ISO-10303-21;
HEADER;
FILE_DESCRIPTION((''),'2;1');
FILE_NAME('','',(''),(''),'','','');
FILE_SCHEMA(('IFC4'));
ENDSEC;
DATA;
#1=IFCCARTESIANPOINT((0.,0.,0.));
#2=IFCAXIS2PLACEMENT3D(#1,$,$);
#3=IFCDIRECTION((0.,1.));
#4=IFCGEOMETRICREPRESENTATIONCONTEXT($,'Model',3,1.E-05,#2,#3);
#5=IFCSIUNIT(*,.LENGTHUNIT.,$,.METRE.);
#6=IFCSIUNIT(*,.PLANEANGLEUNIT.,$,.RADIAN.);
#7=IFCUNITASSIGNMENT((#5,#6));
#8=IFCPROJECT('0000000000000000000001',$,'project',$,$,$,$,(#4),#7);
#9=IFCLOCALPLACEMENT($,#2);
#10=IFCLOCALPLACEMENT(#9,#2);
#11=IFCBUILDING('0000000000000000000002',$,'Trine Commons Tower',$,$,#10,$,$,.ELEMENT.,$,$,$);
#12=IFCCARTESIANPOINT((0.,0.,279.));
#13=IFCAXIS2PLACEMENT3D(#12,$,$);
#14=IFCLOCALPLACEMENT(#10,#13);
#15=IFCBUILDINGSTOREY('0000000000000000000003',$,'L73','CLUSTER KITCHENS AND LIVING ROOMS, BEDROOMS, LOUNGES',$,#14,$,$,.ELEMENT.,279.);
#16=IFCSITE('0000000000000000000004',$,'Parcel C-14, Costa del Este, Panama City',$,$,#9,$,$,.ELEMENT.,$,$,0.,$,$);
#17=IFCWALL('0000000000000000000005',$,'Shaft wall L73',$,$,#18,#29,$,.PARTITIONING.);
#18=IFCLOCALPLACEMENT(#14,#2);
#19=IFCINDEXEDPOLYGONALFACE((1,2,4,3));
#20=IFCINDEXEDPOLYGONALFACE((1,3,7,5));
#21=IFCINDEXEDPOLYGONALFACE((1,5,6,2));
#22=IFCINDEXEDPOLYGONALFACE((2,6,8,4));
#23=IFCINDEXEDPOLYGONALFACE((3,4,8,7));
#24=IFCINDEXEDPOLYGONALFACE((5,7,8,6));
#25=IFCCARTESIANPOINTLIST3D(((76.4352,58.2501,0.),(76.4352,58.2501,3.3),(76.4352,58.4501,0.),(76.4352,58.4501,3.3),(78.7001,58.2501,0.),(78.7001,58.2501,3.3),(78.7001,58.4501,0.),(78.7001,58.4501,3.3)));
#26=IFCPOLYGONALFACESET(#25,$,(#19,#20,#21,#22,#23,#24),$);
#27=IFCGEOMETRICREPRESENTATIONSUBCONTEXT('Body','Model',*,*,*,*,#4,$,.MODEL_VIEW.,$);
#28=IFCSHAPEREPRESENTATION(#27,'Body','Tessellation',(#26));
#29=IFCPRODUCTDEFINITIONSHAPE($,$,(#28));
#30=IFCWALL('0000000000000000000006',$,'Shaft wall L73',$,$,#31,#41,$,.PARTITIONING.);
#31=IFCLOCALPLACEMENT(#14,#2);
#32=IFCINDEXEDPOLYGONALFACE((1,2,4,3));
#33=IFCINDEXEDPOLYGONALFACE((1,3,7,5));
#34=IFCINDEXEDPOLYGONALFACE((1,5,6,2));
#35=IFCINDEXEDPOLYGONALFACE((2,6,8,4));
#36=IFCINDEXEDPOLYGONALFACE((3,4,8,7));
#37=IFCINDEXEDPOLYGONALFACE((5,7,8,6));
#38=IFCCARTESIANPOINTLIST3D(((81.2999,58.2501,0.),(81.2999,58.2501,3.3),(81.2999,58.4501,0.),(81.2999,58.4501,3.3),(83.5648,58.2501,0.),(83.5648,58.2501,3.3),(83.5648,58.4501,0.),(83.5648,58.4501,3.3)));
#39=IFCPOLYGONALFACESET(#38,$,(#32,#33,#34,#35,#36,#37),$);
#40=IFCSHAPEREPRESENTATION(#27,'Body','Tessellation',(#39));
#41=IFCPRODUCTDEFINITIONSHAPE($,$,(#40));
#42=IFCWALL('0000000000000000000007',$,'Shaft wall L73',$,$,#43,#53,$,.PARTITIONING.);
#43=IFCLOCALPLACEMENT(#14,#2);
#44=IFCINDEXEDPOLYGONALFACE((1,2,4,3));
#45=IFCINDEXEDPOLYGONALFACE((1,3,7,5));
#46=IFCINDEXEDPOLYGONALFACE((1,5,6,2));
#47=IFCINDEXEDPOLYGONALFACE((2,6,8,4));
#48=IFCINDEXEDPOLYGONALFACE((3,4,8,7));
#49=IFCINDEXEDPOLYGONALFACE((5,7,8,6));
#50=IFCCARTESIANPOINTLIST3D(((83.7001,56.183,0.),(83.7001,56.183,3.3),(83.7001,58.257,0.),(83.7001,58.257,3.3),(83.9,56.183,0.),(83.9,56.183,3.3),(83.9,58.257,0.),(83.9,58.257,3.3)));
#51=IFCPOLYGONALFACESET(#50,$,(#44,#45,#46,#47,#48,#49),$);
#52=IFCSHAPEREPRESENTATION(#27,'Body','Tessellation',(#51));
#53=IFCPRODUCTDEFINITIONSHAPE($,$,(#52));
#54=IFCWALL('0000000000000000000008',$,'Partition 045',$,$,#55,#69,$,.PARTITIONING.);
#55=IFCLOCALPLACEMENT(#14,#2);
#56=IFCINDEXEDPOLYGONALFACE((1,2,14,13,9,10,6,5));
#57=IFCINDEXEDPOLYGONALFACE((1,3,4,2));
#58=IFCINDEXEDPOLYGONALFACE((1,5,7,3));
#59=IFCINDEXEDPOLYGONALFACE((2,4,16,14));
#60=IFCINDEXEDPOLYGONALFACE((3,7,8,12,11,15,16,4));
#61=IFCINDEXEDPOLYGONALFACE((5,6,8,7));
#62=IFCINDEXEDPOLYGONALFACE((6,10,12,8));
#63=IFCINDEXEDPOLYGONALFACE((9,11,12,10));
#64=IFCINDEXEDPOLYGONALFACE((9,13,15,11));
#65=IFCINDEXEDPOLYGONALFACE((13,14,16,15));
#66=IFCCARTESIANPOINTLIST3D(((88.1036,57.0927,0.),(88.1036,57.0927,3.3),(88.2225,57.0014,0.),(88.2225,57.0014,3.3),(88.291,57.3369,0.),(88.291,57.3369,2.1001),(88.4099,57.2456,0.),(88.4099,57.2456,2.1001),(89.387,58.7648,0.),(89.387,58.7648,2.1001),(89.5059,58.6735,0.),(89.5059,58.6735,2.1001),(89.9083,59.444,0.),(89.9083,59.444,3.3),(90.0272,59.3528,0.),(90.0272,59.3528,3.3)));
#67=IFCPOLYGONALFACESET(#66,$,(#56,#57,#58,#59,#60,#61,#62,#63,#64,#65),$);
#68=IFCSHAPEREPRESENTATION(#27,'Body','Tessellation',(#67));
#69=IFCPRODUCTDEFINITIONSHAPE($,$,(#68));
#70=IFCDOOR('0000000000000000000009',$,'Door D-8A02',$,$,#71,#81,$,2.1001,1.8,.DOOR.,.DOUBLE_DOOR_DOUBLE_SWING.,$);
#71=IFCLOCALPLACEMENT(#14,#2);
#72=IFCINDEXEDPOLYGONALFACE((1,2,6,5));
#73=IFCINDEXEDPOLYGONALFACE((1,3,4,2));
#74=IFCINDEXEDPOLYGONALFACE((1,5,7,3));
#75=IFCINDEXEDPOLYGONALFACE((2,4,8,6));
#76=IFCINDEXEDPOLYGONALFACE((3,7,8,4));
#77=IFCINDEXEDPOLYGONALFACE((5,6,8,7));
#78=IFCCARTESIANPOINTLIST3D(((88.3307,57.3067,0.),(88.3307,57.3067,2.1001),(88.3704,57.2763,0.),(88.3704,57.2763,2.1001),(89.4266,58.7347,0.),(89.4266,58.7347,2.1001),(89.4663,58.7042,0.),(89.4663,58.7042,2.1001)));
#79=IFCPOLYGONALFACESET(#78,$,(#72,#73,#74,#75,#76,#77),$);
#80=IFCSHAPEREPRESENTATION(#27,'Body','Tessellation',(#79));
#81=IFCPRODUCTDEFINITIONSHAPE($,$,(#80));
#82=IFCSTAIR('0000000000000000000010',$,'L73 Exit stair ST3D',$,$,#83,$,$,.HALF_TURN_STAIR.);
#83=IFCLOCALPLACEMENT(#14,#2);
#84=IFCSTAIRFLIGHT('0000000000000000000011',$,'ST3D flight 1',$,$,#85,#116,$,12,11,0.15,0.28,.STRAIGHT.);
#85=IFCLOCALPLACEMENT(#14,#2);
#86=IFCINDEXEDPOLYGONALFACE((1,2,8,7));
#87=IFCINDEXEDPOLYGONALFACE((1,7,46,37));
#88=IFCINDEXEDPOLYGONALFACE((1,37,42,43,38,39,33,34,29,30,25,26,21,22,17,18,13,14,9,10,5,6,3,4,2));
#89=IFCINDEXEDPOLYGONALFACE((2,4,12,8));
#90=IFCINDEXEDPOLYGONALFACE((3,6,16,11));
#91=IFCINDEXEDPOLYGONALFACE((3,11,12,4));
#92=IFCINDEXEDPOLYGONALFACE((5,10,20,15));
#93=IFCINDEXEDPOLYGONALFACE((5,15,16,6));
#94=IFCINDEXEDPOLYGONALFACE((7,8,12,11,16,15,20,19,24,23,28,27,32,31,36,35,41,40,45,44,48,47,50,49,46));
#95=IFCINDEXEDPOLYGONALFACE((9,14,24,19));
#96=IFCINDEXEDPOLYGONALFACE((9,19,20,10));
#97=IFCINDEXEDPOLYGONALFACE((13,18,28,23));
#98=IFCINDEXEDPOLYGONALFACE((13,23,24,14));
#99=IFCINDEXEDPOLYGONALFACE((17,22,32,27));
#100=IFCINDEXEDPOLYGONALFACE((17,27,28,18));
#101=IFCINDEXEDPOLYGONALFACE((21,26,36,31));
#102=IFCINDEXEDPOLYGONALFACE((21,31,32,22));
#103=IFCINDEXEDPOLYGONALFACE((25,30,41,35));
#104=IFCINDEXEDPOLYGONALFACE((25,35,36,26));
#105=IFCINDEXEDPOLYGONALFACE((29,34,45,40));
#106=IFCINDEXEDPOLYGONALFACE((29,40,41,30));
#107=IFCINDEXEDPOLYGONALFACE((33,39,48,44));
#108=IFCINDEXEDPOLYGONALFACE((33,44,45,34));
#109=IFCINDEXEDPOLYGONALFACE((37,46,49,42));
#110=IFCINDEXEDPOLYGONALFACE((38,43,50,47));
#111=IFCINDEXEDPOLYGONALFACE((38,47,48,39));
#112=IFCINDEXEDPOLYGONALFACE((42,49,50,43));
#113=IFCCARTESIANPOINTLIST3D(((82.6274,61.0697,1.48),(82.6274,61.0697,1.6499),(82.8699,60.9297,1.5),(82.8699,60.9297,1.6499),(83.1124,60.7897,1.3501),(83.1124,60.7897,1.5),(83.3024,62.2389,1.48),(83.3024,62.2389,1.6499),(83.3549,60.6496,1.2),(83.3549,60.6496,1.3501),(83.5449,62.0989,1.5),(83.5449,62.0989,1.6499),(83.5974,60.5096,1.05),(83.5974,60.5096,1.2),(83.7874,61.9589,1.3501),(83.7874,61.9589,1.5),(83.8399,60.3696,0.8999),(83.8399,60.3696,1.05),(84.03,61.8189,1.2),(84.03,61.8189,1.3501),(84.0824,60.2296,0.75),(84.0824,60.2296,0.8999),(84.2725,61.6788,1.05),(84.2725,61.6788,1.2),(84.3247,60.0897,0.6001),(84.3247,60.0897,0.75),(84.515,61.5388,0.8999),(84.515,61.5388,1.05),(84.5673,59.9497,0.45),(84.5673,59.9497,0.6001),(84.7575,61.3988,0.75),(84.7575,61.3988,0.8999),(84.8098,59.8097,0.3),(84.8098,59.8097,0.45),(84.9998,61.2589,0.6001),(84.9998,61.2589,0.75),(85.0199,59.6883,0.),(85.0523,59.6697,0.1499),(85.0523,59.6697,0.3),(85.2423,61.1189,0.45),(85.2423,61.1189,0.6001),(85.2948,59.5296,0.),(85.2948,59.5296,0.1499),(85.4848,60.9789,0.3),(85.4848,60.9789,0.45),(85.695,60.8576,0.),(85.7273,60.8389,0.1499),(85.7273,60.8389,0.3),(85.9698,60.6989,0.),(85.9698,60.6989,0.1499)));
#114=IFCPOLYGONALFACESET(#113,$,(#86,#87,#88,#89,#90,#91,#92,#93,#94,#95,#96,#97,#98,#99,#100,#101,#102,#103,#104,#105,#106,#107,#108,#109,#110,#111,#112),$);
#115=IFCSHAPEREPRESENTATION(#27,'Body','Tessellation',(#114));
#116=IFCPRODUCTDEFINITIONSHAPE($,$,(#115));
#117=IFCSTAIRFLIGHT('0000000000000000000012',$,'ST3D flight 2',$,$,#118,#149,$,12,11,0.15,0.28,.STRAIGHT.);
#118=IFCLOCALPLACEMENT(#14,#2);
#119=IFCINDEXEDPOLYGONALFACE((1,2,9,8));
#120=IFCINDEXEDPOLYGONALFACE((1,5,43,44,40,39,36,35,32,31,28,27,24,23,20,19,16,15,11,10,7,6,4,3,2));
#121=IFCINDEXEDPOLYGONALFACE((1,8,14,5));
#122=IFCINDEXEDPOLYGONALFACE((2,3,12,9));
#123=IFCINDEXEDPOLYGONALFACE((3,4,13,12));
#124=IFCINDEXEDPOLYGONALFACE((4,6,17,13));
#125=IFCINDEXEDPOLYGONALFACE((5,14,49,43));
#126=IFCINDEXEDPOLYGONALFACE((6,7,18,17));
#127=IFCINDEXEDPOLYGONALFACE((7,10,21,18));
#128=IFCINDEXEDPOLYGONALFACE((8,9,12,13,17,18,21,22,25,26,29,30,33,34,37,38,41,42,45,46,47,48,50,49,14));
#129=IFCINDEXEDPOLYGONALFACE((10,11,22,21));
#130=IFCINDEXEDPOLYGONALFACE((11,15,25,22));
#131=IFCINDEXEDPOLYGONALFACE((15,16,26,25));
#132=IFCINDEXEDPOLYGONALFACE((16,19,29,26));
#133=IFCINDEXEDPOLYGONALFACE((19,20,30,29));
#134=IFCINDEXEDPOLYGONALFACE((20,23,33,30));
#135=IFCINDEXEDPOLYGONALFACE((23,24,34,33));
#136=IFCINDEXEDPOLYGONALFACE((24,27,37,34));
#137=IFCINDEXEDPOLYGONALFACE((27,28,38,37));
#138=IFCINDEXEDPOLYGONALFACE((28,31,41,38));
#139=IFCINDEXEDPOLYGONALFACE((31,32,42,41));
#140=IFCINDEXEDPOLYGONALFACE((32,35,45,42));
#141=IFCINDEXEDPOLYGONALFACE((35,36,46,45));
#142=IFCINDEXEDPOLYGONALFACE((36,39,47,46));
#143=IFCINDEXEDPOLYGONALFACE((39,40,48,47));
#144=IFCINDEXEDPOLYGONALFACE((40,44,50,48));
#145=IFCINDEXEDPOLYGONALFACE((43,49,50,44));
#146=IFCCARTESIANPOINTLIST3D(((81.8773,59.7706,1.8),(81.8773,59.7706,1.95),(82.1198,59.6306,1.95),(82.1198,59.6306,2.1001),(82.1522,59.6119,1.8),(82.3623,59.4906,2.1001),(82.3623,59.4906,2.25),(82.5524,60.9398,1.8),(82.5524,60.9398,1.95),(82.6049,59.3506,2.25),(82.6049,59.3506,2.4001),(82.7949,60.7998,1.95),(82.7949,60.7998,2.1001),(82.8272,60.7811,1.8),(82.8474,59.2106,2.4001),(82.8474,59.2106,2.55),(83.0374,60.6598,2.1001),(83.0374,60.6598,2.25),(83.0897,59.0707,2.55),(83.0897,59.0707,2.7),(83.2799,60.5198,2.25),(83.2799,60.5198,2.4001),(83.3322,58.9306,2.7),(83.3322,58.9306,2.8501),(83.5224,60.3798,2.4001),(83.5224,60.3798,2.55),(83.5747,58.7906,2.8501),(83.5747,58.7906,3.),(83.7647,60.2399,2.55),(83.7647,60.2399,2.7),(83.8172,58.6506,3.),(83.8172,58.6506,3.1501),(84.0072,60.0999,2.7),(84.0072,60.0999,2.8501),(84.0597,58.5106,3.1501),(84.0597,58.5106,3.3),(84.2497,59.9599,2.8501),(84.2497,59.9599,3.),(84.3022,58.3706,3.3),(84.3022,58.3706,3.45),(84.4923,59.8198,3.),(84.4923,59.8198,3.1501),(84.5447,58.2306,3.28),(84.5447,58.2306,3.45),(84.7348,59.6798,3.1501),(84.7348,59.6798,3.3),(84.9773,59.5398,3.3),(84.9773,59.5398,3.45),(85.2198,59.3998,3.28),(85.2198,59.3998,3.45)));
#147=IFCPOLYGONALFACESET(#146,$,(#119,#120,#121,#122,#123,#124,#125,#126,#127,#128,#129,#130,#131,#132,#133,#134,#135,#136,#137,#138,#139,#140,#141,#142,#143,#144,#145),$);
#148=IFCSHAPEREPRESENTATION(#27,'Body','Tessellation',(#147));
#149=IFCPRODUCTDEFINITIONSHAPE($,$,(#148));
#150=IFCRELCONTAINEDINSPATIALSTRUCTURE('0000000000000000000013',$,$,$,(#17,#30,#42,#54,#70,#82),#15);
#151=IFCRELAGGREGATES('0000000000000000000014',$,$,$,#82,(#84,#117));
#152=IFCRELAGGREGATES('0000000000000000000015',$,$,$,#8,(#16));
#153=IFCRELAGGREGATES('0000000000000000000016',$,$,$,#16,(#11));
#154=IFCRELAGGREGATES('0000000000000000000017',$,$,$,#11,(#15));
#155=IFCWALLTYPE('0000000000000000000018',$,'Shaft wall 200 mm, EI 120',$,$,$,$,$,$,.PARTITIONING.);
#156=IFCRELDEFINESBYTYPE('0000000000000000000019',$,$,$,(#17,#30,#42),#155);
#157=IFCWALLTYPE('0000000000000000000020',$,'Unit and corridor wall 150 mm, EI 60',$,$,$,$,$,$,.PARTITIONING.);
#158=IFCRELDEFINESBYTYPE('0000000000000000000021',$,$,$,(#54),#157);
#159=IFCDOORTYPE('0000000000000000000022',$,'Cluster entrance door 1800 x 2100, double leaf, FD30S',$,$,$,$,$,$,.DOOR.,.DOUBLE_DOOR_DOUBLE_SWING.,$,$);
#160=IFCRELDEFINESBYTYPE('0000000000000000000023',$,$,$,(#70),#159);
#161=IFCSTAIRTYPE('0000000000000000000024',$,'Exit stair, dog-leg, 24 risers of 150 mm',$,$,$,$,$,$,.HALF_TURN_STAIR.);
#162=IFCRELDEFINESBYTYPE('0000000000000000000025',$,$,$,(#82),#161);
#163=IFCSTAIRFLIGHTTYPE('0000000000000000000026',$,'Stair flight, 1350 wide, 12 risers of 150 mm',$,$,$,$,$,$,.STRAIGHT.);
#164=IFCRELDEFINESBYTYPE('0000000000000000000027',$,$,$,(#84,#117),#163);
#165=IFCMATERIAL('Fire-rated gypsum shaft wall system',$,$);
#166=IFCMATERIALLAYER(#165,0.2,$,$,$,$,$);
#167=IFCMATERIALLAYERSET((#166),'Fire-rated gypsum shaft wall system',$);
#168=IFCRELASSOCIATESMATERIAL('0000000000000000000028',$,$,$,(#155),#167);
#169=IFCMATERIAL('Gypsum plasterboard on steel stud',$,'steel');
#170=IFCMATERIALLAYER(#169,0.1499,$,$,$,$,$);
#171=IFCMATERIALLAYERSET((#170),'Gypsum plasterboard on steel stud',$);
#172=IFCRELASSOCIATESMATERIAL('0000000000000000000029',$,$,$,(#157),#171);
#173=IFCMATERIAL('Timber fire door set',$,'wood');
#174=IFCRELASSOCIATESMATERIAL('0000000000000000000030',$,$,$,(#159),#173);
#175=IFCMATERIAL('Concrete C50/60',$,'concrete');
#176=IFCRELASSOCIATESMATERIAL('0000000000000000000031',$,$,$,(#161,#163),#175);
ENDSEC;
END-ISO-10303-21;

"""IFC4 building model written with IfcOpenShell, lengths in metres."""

from ifc_helpers import new_model, si_unit, direction, frame, frame_2d, origin, place, context, subcontext, project, spatial, polyline, rectangle, outline, extrude, material, layer, layer_set, type_object, element, fill, aggregate, save


model = new_model("IFC4")

# Units and contexts
model_context = context("Model", 3, precision=1e-05, world=origin(), true_north=direction((0.0, 1.0)))
body_context = subcontext(model_context, "Body", "Model", "MODEL_VIEW")
ifc_project = project(units=[si_unit("LENGTHUNIT", "METRE"), si_unit("PLANEANGLEUNIT", "RADIAN")], contexts=[model_context])

# Site, building, storey
site_placement = place(None, origin())
site = spatial("IfcSite", under=ifc_project, at=site_placement, Name="Parcel C-14, Costa del Este, Panama City", CompositionType="ELEMENT", RefElevation=0.0)
building_placement = place(site_placement, origin())
building = spatial("IfcBuilding", under=site, at=building_placement, Name="Trine Commons Tower", CompositionType="ELEMENT")
storey_placement = place(building_placement, frame((0.0, 0.0, 279.0)))
storey = spatial("IfcBuildingStorey", under=building, at=storey_placement, Name="L73", Description="CLUSTER KITCHENS AND LIVING ROOMS, BEDROOMS, LOUNGES", CompositionType="ELEMENT", Elevation=279.0)

# Shared definitions
ifc_material_1 = material(Name="Fire-rated gypsum shaft wall system")
ifc_material_2 = material(Name="Concrete C50/60", Category="concrete")

# Walls
ifc_layer_1 = layer(ifc_material_1, 0.2)
ifc_layer_set_1 = layer_set([ifc_layer_1], Name="Fire-rated gypsum shaft wall system")
wall_type_1 = type_object("IfcWallType", Name="Shaft wall 200 mm, EI 120", PredefinedType="PARTITIONING", material=ifc_layer_set_1)
for number, where, z_axis, x_axis, name in (
    (1, (78.7, 58.3501, 0.0), (0.0, 0.0, 1.0), (-1.0, 0.0, 0.0), "Shaft wall L73"),
    (2, (81.3, 58.3501, 0.0), (0.0, 0.0, 1.0), (1.0, 0.0, 0.0), "Shaft wall L73"),
):
    element("IfcWall", number, at=place(storey_placement, frame(where, z_axis=z_axis, x_axis=x_axis)), inside=storey, type_object=wall_type_1, Name=name, PredefinedType="PARTITIONING", context=body_context, shape_type="SweptSolid", body=[
        extrude(rectangle(XDim=2.2649, YDim=0.2, at=frame_2d((1.1323, 0.0))), origin(), (0.0, 0.0, 1.0), 3.3),
    ])
wall_1_placement = place(storey_placement, frame((83.8, 58.2571, 0.0), z_axis=(0.0, 0.0, 1.0), x_axis=(0.0, -1.0, 0.0)))
element("IfcWall", 3, at=wall_1_placement, inside=storey, type_object=wall_type_1, Name="Shaft wall L73", PredefinedType="PARTITIONING", context=body_context, shape_type="SweptSolid", body=[
    extrude(rectangle(XDim=2.074, YDim=0.2, at=frame_2d((1.0371, 0.0))), origin(), (0.0, 0.0, 1.0), 3.3),
])

# Wall, opening, door
ifc_material_3 = material(Name="Gypsum plasterboard on steel stud", Category="steel")
ifc_layer_2 = layer(ifc_material_3, 0.1499)
ifc_layer_set_2 = layer_set([ifc_layer_2], Name="Gypsum plasterboard on steel stud")
wall_type_2 = type_object("IfcWallType", Name="Unit and corridor wall 150 mm, EI 60", PredefinedType="PARTITIONING", material=ifc_layer_set_2)
wall_2_placement = place(storey_placement, frame((88.1631, 57.0471, 0.0), z_axis=(0.0, 0.0, 1.0), x_axis=(0.608859, 0.793279, 0.0)))
wall_2 = element("IfcWall", 4, at=wall_2_placement, inside=storey, type_object=wall_type_2, Name="Partition 045", PredefinedType="PARTITIONING", context=body_context, shape_type="SweptSolid", body=[
    extrude(rectangle(XDim=2.9641, YDim=0.1499, at=frame_2d((1.4819, 0.0))), origin(), (0.0, 0.0, 1.0), 3.3),
])
opening_1_placement = place(wall_2_placement, frame((0.3079, 0.0, 0.0)))
opening_1 = element("IfcOpeningElement", 5, at=opening_1_placement, cuts=wall_2, PredefinedType="OPENING", context=body_context, shape_type="SweptSolid", body=[
    extrude(rectangle(XDim=1.8, YDim=2.1001, at=frame_2d((0.8999, 1.05))), frame((0.0, 0.085, 0.0), z_axis=(0.0, -1.0, 0.0), x_axis=(1.0, 0.0, 0.0)), (0.0, 0.0, 1.0), 0.1699),
])
ifc_material_4 = material(Name="Timber fire door set", Category="wood")
door_type_1 = type_object("IfcDoorType", Name="Cluster entrance door 1800 x 2100, double leaf, FD30S", OperationType="DOUBLE_DOOR_DOUBLE_SWING", PredefinedType="DOOR", material=ifc_material_4)
door_1_placement = place(opening_1_placement, frame((1.8, 0.0, 0.0), z_axis=(0.0, 0.0, 1.0), x_axis=(-1.0, 0.0, 0.0)))
door_1 = element("IfcDoor", 6, at=door_1_placement, inside=storey, type_object=door_type_1, Name="Door D-8A02", OperationType="DOUBLE_DOOR_DOUBLE_SWING", OverallHeight=2.1001, OverallWidth=1.8, PredefinedType="DOOR", context=body_context, shape_type="SweptSolid", body=[
    extrude(rectangle(XDim=1.8, YDim=2.1001, at=frame_2d((0.8999, 1.05))), frame((0.0, 0.0249, 0.0), z_axis=(0.0, -1.0, 0.0), x_axis=(1.0, 0.0, 0.0)), (0.0, 0.0, 1.0), 0.05),
])
fill(opening_1, door_1)

# Stair, stair flights
stair_type = type_object("IfcStairType", Name="Exit stair, dog-leg, 24 risers of 150 mm", PredefinedType="HALF_TURN_STAIR", material=ifc_material_2)
stair_placement = place(storey_placement, origin())
stair = element("IfcStair", 7, at=stair_placement, inside=storey, type_object=stair_type, Name="L73 Exit stair ST3D", PredefinedType="HALF_TURN_STAIR")
stair_flight_type = type_object("IfcStairFlightType", Name="Stair flight, 1350 wide, 12 risers of 150 mm", PredefinedType="STRAIGHT", material=ifc_material_2)
stair_flight_1_placement = place(storey_placement, frame((85.6323, 60.1143, 0.0), z_axis=(0.0, 0.0, 1.0), x_axis=(-0.866025, 0.5, 0.0)))
stair_flight_1 = element("IfcStairFlight", 8, at=stair_flight_1_placement, type_object=stair_flight_type, Name="ST3D flight 1", NumberOfRisers=12, NumberOfTreads=11, PredefinedType="STRAIGHT", RiserHeight=0.15, TreadLength=0.28, context=body_context, shape_type="SweptSolid", body=[
    extrude(outline(polyline([(0.0, 0.0), (0.0, 0.1499), (0.28, 0.1499), (0.28, 0.3), (0.5601, 0.3), (0.5601, 0.45), (0.8401, 0.45), (0.8401, 0.6001), (1.1201, 0.6001), (1.1201, 0.75), (1.3999, 0.75), (1.3999, 0.8999), (1.6799, 0.8999), (1.6799, 1.05), (1.96, 1.05), (1.96, 1.2), (2.24, 1.2), (2.24, 1.3501), (2.52, 1.3501), (2.52, 1.5), (2.8, 1.5), (2.8, 1.6499), (3.0801, 1.6499), (3.0801, 1.8), (3.0801, 1.48), (0.3174, 0.0), (0.0, 0.0)])), frame((0.0, 0.675, 0.0), z_axis=(0.0, -1.0, 0.0), x_axis=(1.0, 0.0, 0.0)), (0.0, 0.0, 1.0), 1.3501),
])
stair_flight_2_placement = place(storey_placement, frame((82.2148, 60.3552, 1.8), z_axis=(0.0, 0.0, 1.0), x_axis=(0.866025, -0.5, 0.0)))
stair_flight_2 = element("IfcStairFlight", 9, at=stair_flight_2_placement, type_object=stair_flight_type, Name="ST3D flight 2", NumberOfRisers=12, NumberOfTreads=11, PredefinedType="STRAIGHT", RiserHeight=0.15, TreadLength=0.28, context=body_context, shape_type="SweptSolid", body=[
    extrude(outline(polyline([(0.0, 0.0), (0.0, 0.1499), (0.28, 0.1499), (0.28, 0.3), (0.5601, 0.3), (0.5601, 0.45), (0.8401, 0.45), (0.8401, 0.6001), (1.1201, 0.6001), (1.1201, 0.75), (1.3999, 0.75), (1.3999, 0.8999), (1.6799, 0.8999), (1.6799, 1.05), (1.96, 1.05), (1.96, 1.2), (2.24, 1.2), (2.24, 1.3501), (2.52, 1.3501), (2.52, 1.5), (2.8, 1.5), (2.8, 1.6499), (3.0801, 1.6499), (3.0801, 1.8), (3.0801, 1.48), (0.3174, 0.0), (0.0, 0.0)])), frame((0.0, 0.675, 0.0), z_axis=(0.0, -1.0, 0.0), x_axis=(1.0, 0.0, 0.0)), (0.0, 0.0, 1.0), 1.3501),
])
aggregate(stair, [stair_flight_1, stair_flight_2])

save(model, "model.ifc")
